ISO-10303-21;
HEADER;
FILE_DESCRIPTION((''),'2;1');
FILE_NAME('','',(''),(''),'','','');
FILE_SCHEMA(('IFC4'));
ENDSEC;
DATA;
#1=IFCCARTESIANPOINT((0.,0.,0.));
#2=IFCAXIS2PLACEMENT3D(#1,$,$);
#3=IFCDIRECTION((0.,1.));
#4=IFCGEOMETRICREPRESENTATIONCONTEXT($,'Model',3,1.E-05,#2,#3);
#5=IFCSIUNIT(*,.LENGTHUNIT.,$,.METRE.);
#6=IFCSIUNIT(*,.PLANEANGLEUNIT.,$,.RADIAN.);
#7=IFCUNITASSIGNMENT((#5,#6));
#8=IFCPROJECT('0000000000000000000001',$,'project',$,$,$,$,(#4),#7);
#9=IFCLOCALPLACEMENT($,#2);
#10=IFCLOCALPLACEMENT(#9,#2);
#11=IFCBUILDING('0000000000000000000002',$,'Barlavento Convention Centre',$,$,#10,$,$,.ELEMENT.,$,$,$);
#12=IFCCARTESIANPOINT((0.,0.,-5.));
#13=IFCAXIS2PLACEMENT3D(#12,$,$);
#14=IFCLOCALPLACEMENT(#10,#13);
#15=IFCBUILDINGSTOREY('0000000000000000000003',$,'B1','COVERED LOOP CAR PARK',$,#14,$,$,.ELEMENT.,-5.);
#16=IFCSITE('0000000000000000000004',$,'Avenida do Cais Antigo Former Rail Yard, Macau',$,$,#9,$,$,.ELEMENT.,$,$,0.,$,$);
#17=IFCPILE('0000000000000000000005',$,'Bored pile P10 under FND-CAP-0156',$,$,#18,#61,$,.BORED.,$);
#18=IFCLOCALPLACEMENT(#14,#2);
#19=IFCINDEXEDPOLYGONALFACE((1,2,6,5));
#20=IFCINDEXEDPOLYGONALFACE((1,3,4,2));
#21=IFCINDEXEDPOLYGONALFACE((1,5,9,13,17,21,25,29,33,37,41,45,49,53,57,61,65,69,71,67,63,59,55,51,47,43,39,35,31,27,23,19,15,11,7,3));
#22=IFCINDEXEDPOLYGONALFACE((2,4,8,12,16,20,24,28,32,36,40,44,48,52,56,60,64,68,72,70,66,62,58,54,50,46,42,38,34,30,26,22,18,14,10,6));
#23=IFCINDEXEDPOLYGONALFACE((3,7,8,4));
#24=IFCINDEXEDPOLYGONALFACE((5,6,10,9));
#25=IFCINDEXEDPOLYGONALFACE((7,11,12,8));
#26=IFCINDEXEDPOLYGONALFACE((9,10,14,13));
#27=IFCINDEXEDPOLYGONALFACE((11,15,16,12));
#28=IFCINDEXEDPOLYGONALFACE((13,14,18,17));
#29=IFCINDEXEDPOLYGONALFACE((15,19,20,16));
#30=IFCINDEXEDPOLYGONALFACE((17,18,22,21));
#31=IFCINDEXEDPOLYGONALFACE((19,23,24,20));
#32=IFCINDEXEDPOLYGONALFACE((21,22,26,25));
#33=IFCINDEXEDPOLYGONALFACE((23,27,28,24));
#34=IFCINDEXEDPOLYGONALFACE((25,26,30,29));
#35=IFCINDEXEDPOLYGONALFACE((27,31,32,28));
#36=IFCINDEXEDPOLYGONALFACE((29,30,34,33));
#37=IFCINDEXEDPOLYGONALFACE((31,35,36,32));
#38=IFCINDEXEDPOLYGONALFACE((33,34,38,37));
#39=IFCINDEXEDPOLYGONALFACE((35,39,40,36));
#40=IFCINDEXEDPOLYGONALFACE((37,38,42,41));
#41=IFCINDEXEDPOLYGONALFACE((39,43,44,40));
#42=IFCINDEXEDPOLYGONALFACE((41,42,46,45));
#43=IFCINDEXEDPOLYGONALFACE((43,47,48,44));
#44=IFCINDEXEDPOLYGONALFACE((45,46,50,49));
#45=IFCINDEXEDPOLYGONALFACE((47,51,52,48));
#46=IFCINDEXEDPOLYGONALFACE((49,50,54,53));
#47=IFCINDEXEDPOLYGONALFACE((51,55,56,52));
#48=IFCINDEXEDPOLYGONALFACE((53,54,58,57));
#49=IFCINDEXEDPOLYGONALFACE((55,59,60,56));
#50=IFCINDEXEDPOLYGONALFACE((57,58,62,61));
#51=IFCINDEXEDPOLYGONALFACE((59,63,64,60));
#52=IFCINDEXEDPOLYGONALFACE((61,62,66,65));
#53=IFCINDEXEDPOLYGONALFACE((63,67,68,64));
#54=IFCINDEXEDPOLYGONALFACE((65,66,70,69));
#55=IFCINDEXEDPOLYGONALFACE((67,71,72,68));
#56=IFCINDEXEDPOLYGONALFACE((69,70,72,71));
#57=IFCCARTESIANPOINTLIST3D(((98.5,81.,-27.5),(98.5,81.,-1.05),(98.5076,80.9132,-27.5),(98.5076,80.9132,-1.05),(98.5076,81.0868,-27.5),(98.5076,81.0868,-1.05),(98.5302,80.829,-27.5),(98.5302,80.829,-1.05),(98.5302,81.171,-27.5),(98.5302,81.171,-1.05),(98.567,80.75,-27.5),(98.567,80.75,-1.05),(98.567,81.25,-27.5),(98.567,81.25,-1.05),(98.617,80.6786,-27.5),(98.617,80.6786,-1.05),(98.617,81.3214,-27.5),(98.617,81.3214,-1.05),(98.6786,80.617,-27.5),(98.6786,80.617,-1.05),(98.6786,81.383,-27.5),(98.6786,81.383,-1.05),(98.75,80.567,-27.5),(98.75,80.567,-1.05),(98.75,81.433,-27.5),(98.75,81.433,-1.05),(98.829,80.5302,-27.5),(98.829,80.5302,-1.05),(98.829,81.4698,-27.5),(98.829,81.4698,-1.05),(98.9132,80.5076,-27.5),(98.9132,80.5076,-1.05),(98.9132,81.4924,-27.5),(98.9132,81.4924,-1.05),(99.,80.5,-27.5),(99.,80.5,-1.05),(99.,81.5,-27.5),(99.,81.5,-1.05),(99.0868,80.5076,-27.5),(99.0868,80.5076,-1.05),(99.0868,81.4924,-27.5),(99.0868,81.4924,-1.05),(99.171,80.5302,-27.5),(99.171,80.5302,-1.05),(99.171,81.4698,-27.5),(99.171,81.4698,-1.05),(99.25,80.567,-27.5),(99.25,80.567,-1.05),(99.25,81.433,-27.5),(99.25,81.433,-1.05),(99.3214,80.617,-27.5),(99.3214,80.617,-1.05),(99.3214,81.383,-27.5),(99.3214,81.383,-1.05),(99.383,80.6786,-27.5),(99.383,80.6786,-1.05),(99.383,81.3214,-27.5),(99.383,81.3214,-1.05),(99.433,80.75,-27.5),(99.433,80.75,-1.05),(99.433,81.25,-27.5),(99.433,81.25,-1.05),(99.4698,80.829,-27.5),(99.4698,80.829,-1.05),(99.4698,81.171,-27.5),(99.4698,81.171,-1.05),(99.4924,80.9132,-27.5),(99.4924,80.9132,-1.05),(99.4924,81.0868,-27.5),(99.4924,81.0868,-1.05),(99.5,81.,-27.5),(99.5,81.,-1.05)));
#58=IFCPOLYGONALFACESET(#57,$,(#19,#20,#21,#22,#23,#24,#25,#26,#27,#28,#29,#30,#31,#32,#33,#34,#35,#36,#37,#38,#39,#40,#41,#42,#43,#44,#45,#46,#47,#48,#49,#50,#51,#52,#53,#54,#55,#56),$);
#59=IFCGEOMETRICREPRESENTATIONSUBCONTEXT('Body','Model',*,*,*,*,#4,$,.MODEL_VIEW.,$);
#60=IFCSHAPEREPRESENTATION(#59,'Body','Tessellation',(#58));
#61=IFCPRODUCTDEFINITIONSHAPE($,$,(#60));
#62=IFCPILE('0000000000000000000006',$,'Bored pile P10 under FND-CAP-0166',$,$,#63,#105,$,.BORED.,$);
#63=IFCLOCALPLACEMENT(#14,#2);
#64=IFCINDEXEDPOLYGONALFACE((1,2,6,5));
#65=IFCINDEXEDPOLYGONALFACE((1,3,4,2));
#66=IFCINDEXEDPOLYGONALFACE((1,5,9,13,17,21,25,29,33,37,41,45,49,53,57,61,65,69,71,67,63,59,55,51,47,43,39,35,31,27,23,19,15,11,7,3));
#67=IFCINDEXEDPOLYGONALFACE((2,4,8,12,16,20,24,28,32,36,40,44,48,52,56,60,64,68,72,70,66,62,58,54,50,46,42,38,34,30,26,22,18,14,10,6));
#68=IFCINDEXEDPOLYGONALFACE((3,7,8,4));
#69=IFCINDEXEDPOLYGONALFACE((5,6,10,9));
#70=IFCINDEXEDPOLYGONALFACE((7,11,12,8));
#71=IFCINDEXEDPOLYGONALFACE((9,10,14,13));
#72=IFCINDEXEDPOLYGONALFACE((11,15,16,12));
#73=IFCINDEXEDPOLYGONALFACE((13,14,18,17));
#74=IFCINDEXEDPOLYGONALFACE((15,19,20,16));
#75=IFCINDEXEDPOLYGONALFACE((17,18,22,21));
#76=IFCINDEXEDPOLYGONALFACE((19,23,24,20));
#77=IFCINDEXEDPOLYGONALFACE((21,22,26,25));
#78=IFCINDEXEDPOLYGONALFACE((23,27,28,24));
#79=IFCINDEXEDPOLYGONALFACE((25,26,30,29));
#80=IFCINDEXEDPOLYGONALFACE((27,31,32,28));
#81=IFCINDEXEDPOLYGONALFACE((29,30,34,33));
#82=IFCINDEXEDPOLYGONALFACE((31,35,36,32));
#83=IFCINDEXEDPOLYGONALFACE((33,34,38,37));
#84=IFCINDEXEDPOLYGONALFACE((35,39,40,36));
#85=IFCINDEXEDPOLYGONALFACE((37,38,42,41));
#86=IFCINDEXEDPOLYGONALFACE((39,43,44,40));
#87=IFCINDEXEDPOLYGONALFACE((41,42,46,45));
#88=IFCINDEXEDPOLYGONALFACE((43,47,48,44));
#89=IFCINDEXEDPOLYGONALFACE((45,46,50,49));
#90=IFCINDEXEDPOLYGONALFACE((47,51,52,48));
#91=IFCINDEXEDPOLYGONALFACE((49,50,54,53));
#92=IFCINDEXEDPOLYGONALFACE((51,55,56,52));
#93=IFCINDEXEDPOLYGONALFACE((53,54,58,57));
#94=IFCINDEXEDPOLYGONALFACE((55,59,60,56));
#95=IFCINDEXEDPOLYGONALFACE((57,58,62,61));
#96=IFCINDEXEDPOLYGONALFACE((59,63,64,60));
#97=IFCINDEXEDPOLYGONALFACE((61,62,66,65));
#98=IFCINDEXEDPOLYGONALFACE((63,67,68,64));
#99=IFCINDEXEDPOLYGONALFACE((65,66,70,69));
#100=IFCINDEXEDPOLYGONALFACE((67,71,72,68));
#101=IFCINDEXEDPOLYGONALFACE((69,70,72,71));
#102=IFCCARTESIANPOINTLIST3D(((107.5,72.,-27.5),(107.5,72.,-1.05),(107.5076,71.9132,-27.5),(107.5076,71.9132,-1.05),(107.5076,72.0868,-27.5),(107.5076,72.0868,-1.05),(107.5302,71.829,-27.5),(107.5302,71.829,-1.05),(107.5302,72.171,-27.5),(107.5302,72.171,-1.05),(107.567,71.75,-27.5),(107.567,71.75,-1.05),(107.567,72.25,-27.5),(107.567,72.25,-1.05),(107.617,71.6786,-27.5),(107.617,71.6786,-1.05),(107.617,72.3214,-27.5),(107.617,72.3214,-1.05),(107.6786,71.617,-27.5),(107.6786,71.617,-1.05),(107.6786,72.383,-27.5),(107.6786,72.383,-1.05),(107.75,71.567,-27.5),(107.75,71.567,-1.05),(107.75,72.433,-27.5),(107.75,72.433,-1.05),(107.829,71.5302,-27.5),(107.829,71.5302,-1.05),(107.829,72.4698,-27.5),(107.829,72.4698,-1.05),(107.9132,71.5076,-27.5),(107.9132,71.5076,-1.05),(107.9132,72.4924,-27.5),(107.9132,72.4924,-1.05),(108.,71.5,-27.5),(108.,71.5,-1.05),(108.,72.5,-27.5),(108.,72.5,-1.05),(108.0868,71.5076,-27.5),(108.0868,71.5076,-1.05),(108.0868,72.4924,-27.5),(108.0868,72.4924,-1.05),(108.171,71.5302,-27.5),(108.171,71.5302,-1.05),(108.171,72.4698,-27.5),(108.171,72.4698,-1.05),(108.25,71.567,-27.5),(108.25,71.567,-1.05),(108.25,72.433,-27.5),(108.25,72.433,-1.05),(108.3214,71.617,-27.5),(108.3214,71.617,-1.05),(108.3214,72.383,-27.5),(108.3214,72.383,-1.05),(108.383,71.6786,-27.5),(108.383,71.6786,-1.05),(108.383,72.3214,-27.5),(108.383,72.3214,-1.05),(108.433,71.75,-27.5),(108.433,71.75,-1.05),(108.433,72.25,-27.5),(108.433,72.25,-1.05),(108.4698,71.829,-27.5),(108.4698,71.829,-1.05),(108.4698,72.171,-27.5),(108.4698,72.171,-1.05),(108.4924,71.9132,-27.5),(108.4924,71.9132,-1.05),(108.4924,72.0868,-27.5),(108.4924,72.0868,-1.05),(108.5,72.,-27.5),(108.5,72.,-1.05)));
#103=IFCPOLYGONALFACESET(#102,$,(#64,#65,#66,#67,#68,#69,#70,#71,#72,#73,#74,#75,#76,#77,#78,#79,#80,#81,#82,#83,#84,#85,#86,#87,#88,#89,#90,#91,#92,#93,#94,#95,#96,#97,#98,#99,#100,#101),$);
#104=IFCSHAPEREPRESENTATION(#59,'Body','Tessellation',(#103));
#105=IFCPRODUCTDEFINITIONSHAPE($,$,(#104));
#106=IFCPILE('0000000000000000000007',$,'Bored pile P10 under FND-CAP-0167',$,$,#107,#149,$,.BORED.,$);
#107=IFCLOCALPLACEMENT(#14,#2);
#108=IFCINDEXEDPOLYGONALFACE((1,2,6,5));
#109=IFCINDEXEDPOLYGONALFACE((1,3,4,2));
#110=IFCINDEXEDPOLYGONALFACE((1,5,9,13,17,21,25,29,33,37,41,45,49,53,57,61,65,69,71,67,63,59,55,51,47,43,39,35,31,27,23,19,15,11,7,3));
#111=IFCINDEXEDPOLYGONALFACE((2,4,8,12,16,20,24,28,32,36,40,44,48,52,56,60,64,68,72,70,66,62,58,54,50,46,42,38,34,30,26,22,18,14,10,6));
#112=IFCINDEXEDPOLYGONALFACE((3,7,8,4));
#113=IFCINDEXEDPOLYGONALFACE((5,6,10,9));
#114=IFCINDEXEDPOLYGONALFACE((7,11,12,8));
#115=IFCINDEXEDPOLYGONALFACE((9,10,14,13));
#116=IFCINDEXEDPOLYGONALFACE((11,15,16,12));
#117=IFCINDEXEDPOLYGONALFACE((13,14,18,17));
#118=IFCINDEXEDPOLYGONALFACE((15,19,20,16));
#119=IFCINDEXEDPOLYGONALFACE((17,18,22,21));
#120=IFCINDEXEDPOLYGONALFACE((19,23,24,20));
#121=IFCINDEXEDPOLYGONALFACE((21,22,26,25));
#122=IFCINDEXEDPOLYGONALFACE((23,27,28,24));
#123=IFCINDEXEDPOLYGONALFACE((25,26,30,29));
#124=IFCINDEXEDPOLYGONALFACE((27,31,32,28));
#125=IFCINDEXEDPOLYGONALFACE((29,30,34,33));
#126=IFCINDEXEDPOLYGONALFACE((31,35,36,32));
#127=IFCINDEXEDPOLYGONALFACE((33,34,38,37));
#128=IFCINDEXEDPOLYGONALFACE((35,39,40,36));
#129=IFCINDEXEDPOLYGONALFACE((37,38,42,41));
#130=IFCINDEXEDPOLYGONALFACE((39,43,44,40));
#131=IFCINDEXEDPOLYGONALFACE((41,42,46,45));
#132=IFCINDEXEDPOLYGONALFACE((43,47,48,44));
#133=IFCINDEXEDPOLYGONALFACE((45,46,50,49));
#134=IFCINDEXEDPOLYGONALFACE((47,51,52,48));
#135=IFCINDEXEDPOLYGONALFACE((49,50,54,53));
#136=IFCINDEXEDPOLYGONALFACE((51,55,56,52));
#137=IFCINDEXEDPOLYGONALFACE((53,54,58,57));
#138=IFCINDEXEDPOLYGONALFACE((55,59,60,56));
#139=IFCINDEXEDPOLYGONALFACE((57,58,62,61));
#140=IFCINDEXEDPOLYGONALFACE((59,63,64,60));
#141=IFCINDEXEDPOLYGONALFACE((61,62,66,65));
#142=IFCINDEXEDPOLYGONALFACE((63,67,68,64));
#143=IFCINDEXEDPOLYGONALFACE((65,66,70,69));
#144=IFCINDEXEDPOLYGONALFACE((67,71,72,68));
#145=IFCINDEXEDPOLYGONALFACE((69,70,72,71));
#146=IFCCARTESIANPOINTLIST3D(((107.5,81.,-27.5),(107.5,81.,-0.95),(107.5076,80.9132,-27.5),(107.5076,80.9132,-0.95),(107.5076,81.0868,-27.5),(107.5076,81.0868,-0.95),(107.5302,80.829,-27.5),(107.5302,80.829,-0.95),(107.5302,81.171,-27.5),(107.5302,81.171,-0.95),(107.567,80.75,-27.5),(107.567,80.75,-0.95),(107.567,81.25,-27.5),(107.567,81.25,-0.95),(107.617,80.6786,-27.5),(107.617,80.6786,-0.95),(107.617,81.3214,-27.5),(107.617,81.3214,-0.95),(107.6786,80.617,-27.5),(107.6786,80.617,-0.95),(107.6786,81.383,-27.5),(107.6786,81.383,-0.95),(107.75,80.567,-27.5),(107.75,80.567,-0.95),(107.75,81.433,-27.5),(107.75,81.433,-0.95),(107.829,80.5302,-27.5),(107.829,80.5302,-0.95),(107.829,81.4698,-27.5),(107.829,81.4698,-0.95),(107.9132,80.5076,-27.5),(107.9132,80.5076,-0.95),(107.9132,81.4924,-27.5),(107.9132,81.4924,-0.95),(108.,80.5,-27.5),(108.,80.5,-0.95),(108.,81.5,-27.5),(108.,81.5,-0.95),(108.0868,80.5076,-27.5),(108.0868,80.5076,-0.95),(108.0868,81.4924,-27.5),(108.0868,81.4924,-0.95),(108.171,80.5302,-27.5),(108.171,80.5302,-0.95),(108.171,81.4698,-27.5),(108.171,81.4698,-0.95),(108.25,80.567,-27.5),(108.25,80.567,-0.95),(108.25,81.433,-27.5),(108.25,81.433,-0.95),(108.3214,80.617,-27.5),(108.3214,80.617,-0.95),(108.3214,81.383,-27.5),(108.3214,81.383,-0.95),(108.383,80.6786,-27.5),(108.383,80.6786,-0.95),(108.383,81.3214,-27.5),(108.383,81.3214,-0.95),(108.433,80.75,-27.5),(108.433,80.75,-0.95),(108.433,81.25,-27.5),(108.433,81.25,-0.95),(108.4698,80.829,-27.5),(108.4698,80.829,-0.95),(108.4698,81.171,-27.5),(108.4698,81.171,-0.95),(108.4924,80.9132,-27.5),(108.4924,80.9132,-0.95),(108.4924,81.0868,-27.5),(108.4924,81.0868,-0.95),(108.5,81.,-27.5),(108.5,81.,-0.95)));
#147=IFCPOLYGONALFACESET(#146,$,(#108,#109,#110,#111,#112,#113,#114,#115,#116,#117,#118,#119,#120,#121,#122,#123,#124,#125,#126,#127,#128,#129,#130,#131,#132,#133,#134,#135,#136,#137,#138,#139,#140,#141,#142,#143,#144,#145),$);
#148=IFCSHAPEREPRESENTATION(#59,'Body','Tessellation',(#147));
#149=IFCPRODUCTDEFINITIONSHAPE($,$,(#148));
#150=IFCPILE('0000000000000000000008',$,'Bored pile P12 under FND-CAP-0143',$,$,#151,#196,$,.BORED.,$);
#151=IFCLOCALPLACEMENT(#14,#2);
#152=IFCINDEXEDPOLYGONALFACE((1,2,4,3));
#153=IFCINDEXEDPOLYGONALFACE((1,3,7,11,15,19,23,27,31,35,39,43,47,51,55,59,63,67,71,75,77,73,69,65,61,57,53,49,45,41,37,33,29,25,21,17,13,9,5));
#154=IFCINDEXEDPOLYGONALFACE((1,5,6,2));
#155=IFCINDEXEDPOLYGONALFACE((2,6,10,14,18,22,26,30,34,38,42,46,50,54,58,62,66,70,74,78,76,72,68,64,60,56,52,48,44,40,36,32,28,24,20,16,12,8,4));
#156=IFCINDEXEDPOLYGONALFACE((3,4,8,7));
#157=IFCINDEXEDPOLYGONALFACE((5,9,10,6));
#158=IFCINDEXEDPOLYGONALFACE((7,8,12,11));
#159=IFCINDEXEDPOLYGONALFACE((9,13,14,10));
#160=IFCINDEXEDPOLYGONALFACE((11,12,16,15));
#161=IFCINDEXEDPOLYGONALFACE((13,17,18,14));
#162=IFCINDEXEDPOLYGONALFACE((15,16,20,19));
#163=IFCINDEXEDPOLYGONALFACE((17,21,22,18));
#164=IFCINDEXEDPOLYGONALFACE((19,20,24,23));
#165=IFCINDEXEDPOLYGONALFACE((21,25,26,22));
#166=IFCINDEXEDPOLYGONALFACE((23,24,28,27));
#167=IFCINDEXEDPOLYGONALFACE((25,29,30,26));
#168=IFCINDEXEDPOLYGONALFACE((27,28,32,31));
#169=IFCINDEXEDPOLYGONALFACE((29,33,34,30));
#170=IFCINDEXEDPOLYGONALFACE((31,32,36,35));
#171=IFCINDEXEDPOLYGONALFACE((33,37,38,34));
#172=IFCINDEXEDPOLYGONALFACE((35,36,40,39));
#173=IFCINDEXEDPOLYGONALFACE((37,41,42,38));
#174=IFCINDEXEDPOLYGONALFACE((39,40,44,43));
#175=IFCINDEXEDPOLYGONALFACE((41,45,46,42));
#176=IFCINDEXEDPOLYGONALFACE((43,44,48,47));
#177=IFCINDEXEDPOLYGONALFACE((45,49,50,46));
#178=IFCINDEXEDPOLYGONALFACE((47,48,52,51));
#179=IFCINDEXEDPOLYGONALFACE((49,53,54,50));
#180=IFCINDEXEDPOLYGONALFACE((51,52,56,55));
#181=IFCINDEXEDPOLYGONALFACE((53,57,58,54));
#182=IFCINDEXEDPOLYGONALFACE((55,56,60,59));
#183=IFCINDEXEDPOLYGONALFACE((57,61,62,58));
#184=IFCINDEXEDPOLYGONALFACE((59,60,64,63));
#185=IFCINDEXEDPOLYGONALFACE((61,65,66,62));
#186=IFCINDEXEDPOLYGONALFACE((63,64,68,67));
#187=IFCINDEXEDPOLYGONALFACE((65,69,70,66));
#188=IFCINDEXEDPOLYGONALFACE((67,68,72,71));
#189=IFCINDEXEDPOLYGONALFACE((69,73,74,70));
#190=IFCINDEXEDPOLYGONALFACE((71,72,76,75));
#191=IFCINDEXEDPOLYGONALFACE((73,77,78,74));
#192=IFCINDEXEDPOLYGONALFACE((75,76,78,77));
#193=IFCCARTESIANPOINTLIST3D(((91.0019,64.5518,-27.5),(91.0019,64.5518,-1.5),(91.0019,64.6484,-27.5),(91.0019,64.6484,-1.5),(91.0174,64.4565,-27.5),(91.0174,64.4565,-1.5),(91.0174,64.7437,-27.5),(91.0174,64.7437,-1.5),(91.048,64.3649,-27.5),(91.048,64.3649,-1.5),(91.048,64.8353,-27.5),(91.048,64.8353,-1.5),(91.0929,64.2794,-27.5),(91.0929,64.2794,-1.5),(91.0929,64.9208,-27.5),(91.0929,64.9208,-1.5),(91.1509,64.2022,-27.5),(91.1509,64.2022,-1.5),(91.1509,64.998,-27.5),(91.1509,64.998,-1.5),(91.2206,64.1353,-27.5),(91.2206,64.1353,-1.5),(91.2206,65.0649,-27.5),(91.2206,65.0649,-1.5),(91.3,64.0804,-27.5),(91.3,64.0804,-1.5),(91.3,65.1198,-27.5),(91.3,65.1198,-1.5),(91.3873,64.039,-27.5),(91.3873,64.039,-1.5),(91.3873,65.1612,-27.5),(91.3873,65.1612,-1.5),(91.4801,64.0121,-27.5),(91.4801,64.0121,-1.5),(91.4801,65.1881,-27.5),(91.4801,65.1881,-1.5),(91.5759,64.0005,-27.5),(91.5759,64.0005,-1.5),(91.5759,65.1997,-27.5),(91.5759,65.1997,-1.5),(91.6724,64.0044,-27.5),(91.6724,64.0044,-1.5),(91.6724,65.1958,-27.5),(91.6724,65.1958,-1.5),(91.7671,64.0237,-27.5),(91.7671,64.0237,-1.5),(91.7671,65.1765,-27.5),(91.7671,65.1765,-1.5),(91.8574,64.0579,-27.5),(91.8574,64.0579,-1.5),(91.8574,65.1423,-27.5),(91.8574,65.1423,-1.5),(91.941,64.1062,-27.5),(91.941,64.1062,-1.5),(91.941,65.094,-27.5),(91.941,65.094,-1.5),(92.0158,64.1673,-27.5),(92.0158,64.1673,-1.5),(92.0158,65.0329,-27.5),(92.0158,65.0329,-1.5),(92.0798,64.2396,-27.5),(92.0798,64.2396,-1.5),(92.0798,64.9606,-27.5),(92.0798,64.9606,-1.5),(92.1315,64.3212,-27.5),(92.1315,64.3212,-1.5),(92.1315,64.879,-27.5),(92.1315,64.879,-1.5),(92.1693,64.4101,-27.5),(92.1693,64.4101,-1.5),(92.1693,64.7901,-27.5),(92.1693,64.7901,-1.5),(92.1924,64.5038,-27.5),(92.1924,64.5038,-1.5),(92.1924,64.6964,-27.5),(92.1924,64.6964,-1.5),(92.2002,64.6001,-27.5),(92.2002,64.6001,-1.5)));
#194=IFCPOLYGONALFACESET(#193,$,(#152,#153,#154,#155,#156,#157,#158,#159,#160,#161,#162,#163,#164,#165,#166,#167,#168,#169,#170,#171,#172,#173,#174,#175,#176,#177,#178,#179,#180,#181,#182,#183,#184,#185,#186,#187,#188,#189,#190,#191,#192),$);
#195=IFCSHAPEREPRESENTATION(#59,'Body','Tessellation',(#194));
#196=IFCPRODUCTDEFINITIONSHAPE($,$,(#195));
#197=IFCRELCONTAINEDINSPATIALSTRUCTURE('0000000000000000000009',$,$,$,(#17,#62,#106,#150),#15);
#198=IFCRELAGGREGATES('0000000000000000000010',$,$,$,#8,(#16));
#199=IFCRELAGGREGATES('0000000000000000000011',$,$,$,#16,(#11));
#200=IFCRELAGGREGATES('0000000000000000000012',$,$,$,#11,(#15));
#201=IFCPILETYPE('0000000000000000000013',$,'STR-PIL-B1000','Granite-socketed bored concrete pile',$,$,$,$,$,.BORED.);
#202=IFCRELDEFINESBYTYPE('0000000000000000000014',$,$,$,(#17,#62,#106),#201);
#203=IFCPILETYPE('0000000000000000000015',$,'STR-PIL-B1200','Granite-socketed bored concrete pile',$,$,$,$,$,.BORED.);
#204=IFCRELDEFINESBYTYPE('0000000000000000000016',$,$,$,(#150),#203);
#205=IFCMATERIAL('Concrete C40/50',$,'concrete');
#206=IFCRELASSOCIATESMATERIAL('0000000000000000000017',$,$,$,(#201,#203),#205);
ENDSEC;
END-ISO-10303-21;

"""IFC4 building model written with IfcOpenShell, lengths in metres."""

from ifc_helpers import new_model, si_unit, direction, frame, origin, origin_2d, place, context, subcontext, project, spatial, circle, extrude, material, material_profile, profile_set, type_object, element, save


model = new_model("IFC4")

# Units and contexts
model_context = context("Model", 3, precision=1e-05, world=origin(), true_north=direction((0.0, 1.0)))
body_context = subcontext(model_context, "Body", "Model", "MODEL_VIEW")
ifc_project = project(units=[si_unit("LENGTHUNIT", "METRE"), si_unit("PLANEANGLEUNIT", "RADIAN")], contexts=[model_context])

# Site, building, storey
site_placement = place(None, origin())
site = spatial("IfcSite", under=ifc_project, at=site_placement, Name="Avenida do Cais Antigo Former Rail Yard, Macau", CompositionType="ELEMENT", RefElevation=0.0)
building_placement = place(site_placement, origin())
building = spatial("IfcBuilding", under=site, at=building_placement, Name="Barlavento Convention Centre", CompositionType="ELEMENT")
storey_placement = place(building_placement, frame((0.0, 0.0, -5.0)))
storey = spatial("IfcBuildingStorey", under=building, at=storey_placement, Name="B1", Description="COVERED LOOP CAR PARK", CompositionType="ELEMENT", Elevation=-5.0)

# Shared definitions
ifc_material_1 = material(Name="Concrete C40/50", Category="concrete")

# Piles
ifc_material_profile_1 = material_profile(ifc_material_1, circle(Radius=0.5, at=origin_2d()), Name="BORED PILE 1000")
ifc_profile_set_1 = profile_set([ifc_material_profile_1], Name="Concrete C40/50")
pile_type_1 = type_object("IfcPileType", Name="STR-PIL-B1000", Description="Granite-socketed bored concrete pile", PredefinedType="BORED", material=ifc_profile_set_1)
for number, where, z_axis, x_axis, name in (
    (1, (99.0, 81.0, -1.05), (0.0, 0.0, -1.0), (1.0, 0.0, 0.0), "Bored pile P10 under FND-CAP-0156"),
    (2, (108.0, 72.0, -1.05), (0.0, 0.0, -1.0), (1.0, 0.0, 0.0), "Bored pile P10 under FND-CAP-0166"),
):
    element("IfcPile", number, at=place(storey_placement, frame(where, z_axis=z_axis, x_axis=x_axis)), inside=storey, type_object=pile_type_1, Name=name, PredefinedType="BORED", context=body_context, shape_type="SweptSolid", body=[
        extrude(circle(Radius=0.5, at=origin_2d()), origin(), (0.0, 0.0, 1.0), 26.45),
    ])
pile_1_placement = place(storey_placement, frame((108.0, 81.0, -0.95), z_axis=(0.0, 0.0, -1.0), x_axis=(1.0, 0.0, 0.0)))
element("IfcPile", 3, at=pile_1_placement, inside=storey, type_object=pile_type_1, Name="Bored pile P10 under FND-CAP-0167", PredefinedType="BORED", context=body_context, shape_type="SweptSolid", body=[
    extrude(circle(Radius=0.5, at=origin_2d()), origin(), (0.0, 0.0, 1.0), 26.55),
])
ifc_material_profile_2 = material_profile(ifc_material_1, circle(Radius=0.6001, at=origin_2d()), Name="BORED PILE 1200")
ifc_profile_set_2 = profile_set([ifc_material_profile_2], Name="Concrete C40/50")
pile_type_2 = type_object("IfcPileType", Name="STR-PIL-B1200", Description="Granite-socketed bored concrete pile", PredefinedType="BORED", material=ifc_profile_set_2)
pile_2_placement = place(storey_placement, frame((91.6001, 64.6001, -1.5), z_axis=(0.0, 0.0, -1.0), x_axis=(1.0, 0.0, 0.0)))
element("IfcPile", 4, at=pile_2_placement, inside=storey, type_object=pile_type_2, Name="Bored pile P12 under FND-CAP-0143", PredefinedType="BORED", context=body_context, shape_type="SweptSolid", body=[
    extrude(circle(Radius=0.6001, at=origin_2d()), origin(), (0.0, 0.0, 1.0), 26.0),
])

save(model, "model.ifc")
